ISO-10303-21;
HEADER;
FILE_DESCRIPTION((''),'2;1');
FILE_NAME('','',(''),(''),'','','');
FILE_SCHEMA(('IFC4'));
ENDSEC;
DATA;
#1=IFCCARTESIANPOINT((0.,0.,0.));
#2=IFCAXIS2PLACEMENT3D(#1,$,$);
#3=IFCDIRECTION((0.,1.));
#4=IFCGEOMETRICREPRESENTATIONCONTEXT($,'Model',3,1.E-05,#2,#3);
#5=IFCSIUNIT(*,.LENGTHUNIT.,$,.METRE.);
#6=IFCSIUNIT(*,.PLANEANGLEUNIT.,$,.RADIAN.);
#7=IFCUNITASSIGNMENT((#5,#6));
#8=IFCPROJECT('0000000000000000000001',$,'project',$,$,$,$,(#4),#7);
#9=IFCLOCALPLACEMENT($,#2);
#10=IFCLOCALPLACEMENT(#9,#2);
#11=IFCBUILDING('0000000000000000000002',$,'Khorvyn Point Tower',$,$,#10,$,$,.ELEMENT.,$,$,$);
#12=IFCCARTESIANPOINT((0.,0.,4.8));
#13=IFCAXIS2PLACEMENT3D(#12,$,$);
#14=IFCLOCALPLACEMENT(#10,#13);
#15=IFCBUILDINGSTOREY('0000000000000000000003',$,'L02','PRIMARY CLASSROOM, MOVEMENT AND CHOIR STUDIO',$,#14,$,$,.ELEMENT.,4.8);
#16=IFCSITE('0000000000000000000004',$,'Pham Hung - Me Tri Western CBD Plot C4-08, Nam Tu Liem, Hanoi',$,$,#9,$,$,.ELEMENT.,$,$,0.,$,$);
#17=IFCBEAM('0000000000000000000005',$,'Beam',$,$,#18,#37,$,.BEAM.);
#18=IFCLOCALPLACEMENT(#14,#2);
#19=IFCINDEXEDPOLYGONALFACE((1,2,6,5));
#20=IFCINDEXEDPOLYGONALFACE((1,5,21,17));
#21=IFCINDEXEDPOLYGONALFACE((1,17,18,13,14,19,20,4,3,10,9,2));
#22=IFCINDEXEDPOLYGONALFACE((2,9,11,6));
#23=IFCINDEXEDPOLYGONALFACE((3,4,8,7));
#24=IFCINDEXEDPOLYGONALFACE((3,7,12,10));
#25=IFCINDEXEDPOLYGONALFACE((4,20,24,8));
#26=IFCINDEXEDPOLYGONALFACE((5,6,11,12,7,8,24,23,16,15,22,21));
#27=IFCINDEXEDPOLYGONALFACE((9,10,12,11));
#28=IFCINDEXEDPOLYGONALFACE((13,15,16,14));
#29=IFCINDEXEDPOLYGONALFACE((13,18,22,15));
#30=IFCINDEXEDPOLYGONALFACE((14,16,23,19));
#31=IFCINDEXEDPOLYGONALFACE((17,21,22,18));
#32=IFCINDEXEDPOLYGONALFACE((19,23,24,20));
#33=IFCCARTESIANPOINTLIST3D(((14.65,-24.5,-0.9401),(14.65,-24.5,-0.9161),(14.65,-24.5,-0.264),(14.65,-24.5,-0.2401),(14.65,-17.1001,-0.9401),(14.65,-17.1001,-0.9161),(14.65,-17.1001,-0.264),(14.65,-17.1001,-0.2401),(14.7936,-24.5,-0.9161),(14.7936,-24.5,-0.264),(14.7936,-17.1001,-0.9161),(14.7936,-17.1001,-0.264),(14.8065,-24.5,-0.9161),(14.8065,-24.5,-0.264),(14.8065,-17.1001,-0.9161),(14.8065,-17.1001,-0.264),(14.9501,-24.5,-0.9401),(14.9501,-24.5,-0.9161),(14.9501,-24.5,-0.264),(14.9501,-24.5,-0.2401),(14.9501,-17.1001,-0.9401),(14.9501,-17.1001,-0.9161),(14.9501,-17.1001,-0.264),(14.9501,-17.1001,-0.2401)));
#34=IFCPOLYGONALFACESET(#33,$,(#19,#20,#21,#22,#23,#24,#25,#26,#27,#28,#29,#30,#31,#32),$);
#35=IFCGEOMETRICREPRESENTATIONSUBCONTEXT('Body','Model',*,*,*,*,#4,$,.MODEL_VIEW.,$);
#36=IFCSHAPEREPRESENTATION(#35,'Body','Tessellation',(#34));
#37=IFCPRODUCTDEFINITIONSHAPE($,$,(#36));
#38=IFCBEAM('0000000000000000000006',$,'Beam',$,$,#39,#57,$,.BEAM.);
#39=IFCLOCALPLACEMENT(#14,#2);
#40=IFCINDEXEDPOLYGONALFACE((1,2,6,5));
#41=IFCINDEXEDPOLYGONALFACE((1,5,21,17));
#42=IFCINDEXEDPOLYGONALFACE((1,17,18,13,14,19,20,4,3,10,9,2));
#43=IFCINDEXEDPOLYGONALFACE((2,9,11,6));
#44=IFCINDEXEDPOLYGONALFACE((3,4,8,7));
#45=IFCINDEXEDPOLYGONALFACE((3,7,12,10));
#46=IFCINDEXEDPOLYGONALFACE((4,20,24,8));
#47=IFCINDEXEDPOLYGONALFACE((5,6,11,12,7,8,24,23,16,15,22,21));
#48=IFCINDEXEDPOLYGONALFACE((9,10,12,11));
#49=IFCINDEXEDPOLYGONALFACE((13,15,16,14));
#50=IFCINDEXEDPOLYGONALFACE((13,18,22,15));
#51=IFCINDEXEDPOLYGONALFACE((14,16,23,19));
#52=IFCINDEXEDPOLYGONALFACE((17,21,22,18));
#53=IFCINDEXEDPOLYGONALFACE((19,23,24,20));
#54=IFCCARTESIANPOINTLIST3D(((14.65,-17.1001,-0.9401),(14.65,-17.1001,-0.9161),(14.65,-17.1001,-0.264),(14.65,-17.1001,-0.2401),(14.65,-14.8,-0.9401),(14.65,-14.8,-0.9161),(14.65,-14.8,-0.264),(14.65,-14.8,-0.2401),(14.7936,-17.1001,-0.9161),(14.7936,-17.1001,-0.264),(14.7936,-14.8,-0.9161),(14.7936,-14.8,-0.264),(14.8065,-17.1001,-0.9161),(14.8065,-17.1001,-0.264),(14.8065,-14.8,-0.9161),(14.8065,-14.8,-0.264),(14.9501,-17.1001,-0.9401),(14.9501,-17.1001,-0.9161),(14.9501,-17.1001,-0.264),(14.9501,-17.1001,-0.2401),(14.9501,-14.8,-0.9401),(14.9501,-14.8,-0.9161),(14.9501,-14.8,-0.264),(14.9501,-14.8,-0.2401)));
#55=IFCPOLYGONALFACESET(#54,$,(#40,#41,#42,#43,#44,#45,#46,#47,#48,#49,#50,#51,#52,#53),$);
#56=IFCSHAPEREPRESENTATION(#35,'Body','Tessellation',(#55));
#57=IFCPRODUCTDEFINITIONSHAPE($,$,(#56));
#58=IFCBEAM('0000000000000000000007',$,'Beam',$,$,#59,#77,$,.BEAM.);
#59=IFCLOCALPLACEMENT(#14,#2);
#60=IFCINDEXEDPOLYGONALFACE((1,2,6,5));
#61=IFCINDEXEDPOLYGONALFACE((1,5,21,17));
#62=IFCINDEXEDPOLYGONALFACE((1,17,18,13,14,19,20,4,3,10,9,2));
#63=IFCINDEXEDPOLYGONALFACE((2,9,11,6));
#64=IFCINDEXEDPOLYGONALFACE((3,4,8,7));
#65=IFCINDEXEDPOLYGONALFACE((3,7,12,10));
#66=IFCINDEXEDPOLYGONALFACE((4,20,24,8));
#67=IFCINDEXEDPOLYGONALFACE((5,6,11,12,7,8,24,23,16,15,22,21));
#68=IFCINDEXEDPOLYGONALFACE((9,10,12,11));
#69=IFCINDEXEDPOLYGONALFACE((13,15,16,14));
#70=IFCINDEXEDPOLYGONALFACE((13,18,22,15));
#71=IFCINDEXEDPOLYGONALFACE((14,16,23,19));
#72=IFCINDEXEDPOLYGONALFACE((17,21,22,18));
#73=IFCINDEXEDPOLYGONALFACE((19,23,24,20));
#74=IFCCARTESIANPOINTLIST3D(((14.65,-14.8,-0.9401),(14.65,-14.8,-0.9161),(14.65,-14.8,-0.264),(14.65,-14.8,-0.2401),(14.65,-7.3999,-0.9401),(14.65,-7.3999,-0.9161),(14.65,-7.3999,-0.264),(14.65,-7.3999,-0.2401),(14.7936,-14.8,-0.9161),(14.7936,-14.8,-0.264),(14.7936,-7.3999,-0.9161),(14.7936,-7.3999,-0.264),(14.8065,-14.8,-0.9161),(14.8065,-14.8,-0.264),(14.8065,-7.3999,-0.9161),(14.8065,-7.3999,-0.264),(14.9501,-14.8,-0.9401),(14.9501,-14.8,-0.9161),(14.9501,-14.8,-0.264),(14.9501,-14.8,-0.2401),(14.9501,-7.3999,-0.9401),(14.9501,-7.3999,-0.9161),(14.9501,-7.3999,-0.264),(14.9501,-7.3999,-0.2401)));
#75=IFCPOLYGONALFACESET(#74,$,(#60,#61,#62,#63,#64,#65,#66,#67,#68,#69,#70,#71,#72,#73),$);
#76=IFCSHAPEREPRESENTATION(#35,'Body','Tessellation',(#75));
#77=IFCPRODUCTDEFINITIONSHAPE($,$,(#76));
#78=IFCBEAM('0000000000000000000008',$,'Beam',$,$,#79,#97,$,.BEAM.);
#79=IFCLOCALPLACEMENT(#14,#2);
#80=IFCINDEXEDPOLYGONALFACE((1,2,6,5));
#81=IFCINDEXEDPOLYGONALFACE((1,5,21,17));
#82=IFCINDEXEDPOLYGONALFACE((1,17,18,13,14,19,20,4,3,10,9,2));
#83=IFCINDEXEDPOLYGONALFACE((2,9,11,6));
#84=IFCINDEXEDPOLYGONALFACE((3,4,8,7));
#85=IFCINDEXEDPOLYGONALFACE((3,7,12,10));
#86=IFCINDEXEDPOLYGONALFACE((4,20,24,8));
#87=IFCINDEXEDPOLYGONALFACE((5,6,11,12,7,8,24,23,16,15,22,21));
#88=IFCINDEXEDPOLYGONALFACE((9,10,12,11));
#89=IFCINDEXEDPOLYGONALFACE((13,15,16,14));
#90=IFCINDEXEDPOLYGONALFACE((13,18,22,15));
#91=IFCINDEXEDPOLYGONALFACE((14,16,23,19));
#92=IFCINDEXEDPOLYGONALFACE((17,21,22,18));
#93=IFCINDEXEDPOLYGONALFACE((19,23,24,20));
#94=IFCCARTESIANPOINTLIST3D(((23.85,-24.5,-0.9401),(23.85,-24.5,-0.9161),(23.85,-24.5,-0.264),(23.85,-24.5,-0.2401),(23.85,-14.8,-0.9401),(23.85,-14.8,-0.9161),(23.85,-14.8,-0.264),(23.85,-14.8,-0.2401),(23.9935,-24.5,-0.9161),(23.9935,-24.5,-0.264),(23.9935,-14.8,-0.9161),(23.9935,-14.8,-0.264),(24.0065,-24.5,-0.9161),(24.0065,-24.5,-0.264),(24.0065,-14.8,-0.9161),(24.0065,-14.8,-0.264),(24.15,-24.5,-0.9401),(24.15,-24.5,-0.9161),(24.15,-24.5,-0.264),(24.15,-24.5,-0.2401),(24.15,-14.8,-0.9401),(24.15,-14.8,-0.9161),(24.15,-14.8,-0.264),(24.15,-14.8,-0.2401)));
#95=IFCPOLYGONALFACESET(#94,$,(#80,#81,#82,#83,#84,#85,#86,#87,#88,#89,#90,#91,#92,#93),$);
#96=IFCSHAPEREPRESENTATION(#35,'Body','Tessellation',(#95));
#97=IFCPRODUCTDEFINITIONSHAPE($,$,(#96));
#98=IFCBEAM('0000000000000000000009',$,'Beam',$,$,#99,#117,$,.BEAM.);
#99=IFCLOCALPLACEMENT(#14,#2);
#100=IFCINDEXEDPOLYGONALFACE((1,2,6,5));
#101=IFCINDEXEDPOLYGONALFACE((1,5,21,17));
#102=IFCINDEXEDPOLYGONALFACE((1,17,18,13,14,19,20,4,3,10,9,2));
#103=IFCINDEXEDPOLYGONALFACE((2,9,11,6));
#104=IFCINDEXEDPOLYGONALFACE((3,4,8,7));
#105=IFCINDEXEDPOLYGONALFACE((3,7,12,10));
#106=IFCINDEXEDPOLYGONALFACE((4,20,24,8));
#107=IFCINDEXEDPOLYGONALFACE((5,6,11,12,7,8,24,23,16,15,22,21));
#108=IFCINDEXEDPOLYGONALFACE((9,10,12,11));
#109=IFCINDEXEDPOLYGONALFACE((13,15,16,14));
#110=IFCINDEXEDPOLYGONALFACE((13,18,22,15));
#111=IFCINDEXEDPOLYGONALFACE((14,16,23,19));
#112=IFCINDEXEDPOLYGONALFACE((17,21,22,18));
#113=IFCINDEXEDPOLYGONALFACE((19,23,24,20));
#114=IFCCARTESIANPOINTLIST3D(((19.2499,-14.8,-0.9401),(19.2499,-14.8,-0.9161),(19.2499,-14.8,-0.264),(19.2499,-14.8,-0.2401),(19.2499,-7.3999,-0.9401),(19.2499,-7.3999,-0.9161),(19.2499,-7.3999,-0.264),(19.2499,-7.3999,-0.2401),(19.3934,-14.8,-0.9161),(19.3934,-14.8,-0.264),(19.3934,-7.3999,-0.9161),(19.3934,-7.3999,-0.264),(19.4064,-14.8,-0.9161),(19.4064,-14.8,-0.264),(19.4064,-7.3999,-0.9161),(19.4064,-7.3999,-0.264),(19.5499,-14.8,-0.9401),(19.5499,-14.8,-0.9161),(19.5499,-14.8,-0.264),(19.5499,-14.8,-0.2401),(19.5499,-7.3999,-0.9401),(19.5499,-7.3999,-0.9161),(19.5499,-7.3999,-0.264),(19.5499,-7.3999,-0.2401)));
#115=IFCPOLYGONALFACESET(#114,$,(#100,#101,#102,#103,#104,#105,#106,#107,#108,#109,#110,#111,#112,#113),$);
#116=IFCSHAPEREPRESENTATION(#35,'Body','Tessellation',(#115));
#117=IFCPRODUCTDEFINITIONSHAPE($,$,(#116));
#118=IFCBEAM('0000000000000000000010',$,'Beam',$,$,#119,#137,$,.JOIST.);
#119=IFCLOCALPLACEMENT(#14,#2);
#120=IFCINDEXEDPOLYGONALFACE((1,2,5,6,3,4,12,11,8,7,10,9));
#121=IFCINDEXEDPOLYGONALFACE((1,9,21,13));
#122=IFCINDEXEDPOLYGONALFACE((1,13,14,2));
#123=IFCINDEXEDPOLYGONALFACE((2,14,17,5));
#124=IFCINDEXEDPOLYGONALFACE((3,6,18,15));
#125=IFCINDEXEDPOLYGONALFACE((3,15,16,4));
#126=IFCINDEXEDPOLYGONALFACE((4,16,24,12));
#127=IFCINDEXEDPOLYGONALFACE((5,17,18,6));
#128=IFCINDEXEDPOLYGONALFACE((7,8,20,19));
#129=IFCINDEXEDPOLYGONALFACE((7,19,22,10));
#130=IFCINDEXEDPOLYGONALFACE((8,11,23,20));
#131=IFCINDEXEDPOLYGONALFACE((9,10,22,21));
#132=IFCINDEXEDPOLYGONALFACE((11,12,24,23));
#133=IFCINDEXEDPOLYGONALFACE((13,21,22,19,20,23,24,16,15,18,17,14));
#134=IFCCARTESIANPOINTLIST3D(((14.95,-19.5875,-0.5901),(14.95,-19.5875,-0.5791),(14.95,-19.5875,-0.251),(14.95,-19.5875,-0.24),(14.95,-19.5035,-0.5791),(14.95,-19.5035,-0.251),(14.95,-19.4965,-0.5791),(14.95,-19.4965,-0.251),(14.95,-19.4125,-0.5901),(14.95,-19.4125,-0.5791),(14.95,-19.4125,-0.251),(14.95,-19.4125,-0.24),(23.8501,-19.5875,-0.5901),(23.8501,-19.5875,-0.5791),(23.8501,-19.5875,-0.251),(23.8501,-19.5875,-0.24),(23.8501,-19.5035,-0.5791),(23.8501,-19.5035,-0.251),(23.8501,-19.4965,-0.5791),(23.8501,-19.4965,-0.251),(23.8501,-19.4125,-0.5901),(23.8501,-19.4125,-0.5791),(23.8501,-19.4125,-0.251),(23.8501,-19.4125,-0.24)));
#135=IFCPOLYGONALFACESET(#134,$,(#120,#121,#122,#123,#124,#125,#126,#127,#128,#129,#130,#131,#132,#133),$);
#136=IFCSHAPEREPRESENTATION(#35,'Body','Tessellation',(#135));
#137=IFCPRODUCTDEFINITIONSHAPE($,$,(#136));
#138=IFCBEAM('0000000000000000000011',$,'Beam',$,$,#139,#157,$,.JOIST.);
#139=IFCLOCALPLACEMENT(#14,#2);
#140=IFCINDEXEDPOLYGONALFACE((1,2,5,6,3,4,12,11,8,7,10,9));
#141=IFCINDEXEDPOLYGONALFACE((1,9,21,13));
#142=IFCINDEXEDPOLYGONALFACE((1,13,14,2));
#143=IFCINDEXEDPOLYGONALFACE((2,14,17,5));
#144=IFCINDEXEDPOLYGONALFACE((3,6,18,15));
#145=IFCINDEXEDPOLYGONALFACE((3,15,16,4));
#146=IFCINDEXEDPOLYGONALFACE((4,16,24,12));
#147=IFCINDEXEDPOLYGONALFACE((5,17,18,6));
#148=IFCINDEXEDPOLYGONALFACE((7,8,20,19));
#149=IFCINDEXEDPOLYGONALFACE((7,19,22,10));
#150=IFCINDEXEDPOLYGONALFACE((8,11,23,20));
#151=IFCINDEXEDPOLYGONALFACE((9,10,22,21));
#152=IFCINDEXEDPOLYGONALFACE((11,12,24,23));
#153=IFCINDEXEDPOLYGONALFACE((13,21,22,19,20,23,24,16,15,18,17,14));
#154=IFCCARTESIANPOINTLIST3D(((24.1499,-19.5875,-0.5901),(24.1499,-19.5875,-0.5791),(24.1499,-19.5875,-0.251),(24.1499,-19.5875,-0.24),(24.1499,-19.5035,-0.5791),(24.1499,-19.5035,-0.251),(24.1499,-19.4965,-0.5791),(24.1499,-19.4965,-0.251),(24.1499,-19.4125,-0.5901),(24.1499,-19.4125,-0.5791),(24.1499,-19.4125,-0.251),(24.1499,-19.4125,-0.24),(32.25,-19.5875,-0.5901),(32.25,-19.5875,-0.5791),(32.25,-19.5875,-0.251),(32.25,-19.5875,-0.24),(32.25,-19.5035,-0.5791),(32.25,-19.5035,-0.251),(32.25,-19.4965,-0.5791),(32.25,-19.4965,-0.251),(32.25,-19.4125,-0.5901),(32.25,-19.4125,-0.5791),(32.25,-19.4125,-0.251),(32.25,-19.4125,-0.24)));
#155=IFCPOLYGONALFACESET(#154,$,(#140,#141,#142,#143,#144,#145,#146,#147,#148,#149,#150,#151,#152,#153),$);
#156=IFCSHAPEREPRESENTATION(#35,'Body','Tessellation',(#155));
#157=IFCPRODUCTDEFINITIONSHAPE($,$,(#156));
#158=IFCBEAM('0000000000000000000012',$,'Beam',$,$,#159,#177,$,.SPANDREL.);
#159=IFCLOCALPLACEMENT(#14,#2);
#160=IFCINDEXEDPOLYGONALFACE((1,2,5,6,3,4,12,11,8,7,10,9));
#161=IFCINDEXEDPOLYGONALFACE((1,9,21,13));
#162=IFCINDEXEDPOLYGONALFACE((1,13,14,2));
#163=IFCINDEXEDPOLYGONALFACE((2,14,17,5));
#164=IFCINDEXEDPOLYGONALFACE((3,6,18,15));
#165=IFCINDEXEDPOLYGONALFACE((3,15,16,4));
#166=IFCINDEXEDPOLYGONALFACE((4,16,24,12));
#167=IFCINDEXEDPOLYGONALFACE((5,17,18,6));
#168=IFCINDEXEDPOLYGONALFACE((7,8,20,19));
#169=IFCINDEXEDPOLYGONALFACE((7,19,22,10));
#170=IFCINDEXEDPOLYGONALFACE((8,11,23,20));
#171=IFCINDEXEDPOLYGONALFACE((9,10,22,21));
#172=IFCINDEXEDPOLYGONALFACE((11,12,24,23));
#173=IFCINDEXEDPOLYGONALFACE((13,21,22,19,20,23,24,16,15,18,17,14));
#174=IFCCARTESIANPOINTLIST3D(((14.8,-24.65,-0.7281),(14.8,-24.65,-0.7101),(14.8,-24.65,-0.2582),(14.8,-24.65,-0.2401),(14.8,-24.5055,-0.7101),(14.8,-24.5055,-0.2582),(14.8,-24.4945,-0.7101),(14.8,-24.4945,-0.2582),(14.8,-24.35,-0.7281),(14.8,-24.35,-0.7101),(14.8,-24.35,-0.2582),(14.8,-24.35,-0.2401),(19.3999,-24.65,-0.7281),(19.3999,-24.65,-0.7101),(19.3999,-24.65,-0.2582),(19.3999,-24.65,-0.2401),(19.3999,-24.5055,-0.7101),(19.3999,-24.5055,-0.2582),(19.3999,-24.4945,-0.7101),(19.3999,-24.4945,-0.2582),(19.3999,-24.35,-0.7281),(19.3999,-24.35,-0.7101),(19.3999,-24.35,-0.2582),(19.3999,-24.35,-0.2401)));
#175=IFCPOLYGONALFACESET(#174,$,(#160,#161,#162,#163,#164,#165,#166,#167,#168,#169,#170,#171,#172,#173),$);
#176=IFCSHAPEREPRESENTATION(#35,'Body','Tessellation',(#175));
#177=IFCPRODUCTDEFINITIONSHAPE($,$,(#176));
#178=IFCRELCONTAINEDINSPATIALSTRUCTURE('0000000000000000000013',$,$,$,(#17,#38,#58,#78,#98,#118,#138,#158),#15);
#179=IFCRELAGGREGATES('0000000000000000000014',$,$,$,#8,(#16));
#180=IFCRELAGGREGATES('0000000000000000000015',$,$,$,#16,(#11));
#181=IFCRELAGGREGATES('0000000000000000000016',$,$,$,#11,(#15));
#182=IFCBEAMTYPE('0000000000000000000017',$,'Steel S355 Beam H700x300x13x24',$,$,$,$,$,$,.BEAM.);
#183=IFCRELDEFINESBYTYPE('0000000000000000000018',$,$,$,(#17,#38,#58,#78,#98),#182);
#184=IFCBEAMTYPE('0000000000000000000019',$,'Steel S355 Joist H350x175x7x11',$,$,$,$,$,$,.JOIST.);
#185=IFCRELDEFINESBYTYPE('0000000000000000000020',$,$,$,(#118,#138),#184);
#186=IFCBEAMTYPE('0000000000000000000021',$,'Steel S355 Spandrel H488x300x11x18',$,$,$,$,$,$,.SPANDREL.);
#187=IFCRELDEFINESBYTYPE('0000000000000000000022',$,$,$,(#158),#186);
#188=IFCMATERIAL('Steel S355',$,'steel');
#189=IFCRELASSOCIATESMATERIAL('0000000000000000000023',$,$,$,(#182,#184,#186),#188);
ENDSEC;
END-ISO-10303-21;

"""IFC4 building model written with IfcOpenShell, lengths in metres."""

from ifc_helpers import new_model, si_unit, direction, frame, origin, origin_2d, place, context, subcontext, project, spatial, i_section, extrude, material, material_profile, profile_set, type_object, element, save


model = new_model("IFC4")

# Units and contexts
model_context = context("Model", 3, precision=1e-05, world=origin(), true_north=direction((0.0, 1.0)))
body_context = subcontext(model_context, "Body", "Model", "MODEL_VIEW")
ifc_project = project(units=[si_unit("LENGTHUNIT", "METRE"), si_unit("PLANEANGLEUNIT", "RADIAN")], contexts=[model_context])

# Site, building, storey
site_placement = place(None, origin())
site = spatial("IfcSite", under=ifc_project, at=site_placement, Name="Pham Hung - Me Tri Western CBD Plot C4-08, Nam Tu Liem, Hanoi", CompositionType="ELEMENT", RefElevation=0.0)
building_placement = place(site_placement, origin())
building = spatial("IfcBuilding", under=site, at=building_placement, Name="Khorvyn Point Tower", CompositionType="ELEMENT")
storey_placement = place(building_placement, frame((0.0, 0.0, 4.8)))
storey = spatial("IfcBuildingStorey", under=building, at=storey_placement, Name="L02", Description="PRIMARY CLASSROOM, MOVEMENT AND CHOIR STUDIO", CompositionType="ELEMENT", Elevation=4.8)

# Beams
ifc_material_1 = material(Name="Steel S355", Category="steel")
ifc_material_profile_1 = material_profile(ifc_material_1, i_section(OverallWidth=0.3, OverallDepth=0.7, WebThickness=0.0129, FlangeThickness=0.0239, at=origin_2d()))
ifc_profile_set_1 = profile_set([ifc_material_profile_1], Name="Steel S355 H700x300x13x24")
beam_type_1 = type_object("IfcBeamType", Name="Steel S355 Beam H700x300x13x24", PredefinedType="BEAM", material=ifc_profile_set_1)
beam_1_placement = place(storey_placement, frame((14.8, -24.5, -0.5901), z_axis=(0.0, 1.0, 0.0), x_axis=(-1.0, 0.0, 0.0)))
element("IfcBeam", 1, at=beam_1_placement, inside=storey, type_object=beam_type_1, Name="Beam", PredefinedType="BEAM", context=body_context, shape_type="SweptSolid", body=[
    extrude(i_section(OverallWidth=0.3, OverallDepth=0.7, WebThickness=0.0129, FlangeThickness=0.0239, at=origin_2d()), origin(), (0.0, 0.0, 1.0), 7.3999),
])
beam_2_placement = place(storey_placement, frame((14.8, -17.1001, -0.5901), z_axis=(0.0, 1.0, 0.0), x_axis=(-1.0, 0.0, 0.0)))
element("IfcBeam", 2, at=beam_2_placement, inside=storey, type_object=beam_type_1, Name="Beam", PredefinedType="BEAM", context=body_context, shape_type="SweptSolid", body=[
    extrude(i_section(OverallWidth=0.3, OverallDepth=0.7, WebThickness=0.0129, FlangeThickness=0.0239, at=origin_2d()), origin(), (0.0, 0.0, 1.0), 2.3),
])
beam_3_placement = place(storey_placement, frame((14.8, -14.8, -0.5901), z_axis=(0.0, 1.0, 0.0), x_axis=(-1.0, 0.0, 0.0)))
element("IfcBeam", 3, at=beam_3_placement, inside=storey, type_object=beam_type_1, Name="Beam", PredefinedType="BEAM", context=body_context, shape_type="SweptSolid", body=[
    extrude(i_section(OverallWidth=0.3, OverallDepth=0.7, WebThickness=0.0129, FlangeThickness=0.0239, at=origin_2d()), origin(), (0.0, 0.0, 1.0), 7.4001),
])
beam_4_placement = place(storey_placement, frame((24.0, -24.5, -0.5901), z_axis=(0.0, 1.0, 0.0), x_axis=(-1.0, 0.0, 0.0)))
element("IfcBeam", 4, at=beam_4_placement, inside=storey, type_object=beam_type_1, Name="Beam", PredefinedType="BEAM", context=body_context, shape_type="SweptSolid", body=[
    extrude(i_section(OverallWidth=0.3, OverallDepth=0.7, WebThickness=0.0129, FlangeThickness=0.0239, at=origin_2d()), origin(), (0.0, 0.0, 1.0), 9.7),
])
beam_5_placement = place(storey_placement, frame((19.3999, -14.8, -0.5901), z_axis=(0.0, 1.0, 0.0), x_axis=(-1.0, 0.0, 0.0)))
element("IfcBeam", 5, at=beam_5_placement, inside=storey, type_object=beam_type_1, Name="Beam", PredefinedType="BEAM", context=body_context, shape_type="SweptSolid", body=[
    extrude(i_section(OverallWidth=0.3, OverallDepth=0.7, WebThickness=0.0129, FlangeThickness=0.0239, at=origin_2d()), origin(), (0.0, 0.0, 1.0), 7.4001),
])
ifc_material_profile_2 = material_profile(ifc_material_1, i_section(OverallWidth=0.175, OverallDepth=0.3501, WebThickness=0.0071, FlangeThickness=0.011, at=origin_2d()))
ifc_profile_set_2 = profile_set([ifc_material_profile_2], Name="Steel S355 H350x175x7x11")
beam_type_2 = type_object("IfcBeamType", Name="Steel S355 Joist H350x175x7x11", PredefinedType="JOIST", material=ifc_profile_set_2)
beam_6_placement = place(storey_placement, frame((14.95, -19.5, -0.415), z_axis=(1.0, 0.0, 0.0), x_axis=(0.0, 1.0, 0.0)))
element("IfcBeam", 6, at=beam_6_placement, inside=storey, type_object=beam_type_2, Name="Beam", PredefinedType="JOIST", context=body_context, shape_type="SweptSolid", body=[
    extrude(i_section(OverallWidth=0.175, OverallDepth=0.3501, WebThickness=0.0071, FlangeThickness=0.011, at=origin_2d()), origin(), (0.0, 0.0, 1.0), 8.9001),
])
beam_7_placement = place(storey_placement, frame((24.1499, -19.5, -0.415), z_axis=(1.0, 0.0, 0.0), x_axis=(0.0, 1.0, 0.0)))
element("IfcBeam", 7, at=beam_7_placement, inside=storey, type_object=beam_type_2, Name="Beam", PredefinedType="JOIST", context=body_context, shape_type="SweptSolid", body=[
    extrude(i_section(OverallWidth=0.175, OverallDepth=0.3501, WebThickness=0.0071, FlangeThickness=0.011, at=origin_2d()), origin(), (0.0, 0.0, 1.0), 8.1001),
])
ifc_material_profile_3 = material_profile(ifc_material_1, i_section(OverallWidth=0.3, OverallDepth=0.488, WebThickness=0.011, FlangeThickness=0.0181, at=origin_2d()))
ifc_profile_set_3 = profile_set([ifc_material_profile_3], Name="Steel S355 H488x300x11x18")
beam_type_3 = type_object("IfcBeamType", Name="Steel S355 Spandrel H488x300x11x18", PredefinedType="SPANDREL", material=ifc_profile_set_3)
beam_8_placement = place(storey_placement, frame((14.8, -24.5, -0.4841), z_axis=(1.0, 0.0, 0.0), x_axis=(0.0, 1.0, 0.0)))
element("IfcBeam", 8, at=beam_8_placement, inside=storey, type_object=beam_type_3, Name="Beam", PredefinedType="SPANDREL", context=body_context, shape_type="SweptSolid", body=[
    extrude(i_section(OverallWidth=0.3, OverallDepth=0.488, WebThickness=0.011, FlangeThickness=0.0181, at=origin_2d()), origin(), (0.0, 0.0, 1.0), 4.5999),
])

save(model, "model.ifc")
